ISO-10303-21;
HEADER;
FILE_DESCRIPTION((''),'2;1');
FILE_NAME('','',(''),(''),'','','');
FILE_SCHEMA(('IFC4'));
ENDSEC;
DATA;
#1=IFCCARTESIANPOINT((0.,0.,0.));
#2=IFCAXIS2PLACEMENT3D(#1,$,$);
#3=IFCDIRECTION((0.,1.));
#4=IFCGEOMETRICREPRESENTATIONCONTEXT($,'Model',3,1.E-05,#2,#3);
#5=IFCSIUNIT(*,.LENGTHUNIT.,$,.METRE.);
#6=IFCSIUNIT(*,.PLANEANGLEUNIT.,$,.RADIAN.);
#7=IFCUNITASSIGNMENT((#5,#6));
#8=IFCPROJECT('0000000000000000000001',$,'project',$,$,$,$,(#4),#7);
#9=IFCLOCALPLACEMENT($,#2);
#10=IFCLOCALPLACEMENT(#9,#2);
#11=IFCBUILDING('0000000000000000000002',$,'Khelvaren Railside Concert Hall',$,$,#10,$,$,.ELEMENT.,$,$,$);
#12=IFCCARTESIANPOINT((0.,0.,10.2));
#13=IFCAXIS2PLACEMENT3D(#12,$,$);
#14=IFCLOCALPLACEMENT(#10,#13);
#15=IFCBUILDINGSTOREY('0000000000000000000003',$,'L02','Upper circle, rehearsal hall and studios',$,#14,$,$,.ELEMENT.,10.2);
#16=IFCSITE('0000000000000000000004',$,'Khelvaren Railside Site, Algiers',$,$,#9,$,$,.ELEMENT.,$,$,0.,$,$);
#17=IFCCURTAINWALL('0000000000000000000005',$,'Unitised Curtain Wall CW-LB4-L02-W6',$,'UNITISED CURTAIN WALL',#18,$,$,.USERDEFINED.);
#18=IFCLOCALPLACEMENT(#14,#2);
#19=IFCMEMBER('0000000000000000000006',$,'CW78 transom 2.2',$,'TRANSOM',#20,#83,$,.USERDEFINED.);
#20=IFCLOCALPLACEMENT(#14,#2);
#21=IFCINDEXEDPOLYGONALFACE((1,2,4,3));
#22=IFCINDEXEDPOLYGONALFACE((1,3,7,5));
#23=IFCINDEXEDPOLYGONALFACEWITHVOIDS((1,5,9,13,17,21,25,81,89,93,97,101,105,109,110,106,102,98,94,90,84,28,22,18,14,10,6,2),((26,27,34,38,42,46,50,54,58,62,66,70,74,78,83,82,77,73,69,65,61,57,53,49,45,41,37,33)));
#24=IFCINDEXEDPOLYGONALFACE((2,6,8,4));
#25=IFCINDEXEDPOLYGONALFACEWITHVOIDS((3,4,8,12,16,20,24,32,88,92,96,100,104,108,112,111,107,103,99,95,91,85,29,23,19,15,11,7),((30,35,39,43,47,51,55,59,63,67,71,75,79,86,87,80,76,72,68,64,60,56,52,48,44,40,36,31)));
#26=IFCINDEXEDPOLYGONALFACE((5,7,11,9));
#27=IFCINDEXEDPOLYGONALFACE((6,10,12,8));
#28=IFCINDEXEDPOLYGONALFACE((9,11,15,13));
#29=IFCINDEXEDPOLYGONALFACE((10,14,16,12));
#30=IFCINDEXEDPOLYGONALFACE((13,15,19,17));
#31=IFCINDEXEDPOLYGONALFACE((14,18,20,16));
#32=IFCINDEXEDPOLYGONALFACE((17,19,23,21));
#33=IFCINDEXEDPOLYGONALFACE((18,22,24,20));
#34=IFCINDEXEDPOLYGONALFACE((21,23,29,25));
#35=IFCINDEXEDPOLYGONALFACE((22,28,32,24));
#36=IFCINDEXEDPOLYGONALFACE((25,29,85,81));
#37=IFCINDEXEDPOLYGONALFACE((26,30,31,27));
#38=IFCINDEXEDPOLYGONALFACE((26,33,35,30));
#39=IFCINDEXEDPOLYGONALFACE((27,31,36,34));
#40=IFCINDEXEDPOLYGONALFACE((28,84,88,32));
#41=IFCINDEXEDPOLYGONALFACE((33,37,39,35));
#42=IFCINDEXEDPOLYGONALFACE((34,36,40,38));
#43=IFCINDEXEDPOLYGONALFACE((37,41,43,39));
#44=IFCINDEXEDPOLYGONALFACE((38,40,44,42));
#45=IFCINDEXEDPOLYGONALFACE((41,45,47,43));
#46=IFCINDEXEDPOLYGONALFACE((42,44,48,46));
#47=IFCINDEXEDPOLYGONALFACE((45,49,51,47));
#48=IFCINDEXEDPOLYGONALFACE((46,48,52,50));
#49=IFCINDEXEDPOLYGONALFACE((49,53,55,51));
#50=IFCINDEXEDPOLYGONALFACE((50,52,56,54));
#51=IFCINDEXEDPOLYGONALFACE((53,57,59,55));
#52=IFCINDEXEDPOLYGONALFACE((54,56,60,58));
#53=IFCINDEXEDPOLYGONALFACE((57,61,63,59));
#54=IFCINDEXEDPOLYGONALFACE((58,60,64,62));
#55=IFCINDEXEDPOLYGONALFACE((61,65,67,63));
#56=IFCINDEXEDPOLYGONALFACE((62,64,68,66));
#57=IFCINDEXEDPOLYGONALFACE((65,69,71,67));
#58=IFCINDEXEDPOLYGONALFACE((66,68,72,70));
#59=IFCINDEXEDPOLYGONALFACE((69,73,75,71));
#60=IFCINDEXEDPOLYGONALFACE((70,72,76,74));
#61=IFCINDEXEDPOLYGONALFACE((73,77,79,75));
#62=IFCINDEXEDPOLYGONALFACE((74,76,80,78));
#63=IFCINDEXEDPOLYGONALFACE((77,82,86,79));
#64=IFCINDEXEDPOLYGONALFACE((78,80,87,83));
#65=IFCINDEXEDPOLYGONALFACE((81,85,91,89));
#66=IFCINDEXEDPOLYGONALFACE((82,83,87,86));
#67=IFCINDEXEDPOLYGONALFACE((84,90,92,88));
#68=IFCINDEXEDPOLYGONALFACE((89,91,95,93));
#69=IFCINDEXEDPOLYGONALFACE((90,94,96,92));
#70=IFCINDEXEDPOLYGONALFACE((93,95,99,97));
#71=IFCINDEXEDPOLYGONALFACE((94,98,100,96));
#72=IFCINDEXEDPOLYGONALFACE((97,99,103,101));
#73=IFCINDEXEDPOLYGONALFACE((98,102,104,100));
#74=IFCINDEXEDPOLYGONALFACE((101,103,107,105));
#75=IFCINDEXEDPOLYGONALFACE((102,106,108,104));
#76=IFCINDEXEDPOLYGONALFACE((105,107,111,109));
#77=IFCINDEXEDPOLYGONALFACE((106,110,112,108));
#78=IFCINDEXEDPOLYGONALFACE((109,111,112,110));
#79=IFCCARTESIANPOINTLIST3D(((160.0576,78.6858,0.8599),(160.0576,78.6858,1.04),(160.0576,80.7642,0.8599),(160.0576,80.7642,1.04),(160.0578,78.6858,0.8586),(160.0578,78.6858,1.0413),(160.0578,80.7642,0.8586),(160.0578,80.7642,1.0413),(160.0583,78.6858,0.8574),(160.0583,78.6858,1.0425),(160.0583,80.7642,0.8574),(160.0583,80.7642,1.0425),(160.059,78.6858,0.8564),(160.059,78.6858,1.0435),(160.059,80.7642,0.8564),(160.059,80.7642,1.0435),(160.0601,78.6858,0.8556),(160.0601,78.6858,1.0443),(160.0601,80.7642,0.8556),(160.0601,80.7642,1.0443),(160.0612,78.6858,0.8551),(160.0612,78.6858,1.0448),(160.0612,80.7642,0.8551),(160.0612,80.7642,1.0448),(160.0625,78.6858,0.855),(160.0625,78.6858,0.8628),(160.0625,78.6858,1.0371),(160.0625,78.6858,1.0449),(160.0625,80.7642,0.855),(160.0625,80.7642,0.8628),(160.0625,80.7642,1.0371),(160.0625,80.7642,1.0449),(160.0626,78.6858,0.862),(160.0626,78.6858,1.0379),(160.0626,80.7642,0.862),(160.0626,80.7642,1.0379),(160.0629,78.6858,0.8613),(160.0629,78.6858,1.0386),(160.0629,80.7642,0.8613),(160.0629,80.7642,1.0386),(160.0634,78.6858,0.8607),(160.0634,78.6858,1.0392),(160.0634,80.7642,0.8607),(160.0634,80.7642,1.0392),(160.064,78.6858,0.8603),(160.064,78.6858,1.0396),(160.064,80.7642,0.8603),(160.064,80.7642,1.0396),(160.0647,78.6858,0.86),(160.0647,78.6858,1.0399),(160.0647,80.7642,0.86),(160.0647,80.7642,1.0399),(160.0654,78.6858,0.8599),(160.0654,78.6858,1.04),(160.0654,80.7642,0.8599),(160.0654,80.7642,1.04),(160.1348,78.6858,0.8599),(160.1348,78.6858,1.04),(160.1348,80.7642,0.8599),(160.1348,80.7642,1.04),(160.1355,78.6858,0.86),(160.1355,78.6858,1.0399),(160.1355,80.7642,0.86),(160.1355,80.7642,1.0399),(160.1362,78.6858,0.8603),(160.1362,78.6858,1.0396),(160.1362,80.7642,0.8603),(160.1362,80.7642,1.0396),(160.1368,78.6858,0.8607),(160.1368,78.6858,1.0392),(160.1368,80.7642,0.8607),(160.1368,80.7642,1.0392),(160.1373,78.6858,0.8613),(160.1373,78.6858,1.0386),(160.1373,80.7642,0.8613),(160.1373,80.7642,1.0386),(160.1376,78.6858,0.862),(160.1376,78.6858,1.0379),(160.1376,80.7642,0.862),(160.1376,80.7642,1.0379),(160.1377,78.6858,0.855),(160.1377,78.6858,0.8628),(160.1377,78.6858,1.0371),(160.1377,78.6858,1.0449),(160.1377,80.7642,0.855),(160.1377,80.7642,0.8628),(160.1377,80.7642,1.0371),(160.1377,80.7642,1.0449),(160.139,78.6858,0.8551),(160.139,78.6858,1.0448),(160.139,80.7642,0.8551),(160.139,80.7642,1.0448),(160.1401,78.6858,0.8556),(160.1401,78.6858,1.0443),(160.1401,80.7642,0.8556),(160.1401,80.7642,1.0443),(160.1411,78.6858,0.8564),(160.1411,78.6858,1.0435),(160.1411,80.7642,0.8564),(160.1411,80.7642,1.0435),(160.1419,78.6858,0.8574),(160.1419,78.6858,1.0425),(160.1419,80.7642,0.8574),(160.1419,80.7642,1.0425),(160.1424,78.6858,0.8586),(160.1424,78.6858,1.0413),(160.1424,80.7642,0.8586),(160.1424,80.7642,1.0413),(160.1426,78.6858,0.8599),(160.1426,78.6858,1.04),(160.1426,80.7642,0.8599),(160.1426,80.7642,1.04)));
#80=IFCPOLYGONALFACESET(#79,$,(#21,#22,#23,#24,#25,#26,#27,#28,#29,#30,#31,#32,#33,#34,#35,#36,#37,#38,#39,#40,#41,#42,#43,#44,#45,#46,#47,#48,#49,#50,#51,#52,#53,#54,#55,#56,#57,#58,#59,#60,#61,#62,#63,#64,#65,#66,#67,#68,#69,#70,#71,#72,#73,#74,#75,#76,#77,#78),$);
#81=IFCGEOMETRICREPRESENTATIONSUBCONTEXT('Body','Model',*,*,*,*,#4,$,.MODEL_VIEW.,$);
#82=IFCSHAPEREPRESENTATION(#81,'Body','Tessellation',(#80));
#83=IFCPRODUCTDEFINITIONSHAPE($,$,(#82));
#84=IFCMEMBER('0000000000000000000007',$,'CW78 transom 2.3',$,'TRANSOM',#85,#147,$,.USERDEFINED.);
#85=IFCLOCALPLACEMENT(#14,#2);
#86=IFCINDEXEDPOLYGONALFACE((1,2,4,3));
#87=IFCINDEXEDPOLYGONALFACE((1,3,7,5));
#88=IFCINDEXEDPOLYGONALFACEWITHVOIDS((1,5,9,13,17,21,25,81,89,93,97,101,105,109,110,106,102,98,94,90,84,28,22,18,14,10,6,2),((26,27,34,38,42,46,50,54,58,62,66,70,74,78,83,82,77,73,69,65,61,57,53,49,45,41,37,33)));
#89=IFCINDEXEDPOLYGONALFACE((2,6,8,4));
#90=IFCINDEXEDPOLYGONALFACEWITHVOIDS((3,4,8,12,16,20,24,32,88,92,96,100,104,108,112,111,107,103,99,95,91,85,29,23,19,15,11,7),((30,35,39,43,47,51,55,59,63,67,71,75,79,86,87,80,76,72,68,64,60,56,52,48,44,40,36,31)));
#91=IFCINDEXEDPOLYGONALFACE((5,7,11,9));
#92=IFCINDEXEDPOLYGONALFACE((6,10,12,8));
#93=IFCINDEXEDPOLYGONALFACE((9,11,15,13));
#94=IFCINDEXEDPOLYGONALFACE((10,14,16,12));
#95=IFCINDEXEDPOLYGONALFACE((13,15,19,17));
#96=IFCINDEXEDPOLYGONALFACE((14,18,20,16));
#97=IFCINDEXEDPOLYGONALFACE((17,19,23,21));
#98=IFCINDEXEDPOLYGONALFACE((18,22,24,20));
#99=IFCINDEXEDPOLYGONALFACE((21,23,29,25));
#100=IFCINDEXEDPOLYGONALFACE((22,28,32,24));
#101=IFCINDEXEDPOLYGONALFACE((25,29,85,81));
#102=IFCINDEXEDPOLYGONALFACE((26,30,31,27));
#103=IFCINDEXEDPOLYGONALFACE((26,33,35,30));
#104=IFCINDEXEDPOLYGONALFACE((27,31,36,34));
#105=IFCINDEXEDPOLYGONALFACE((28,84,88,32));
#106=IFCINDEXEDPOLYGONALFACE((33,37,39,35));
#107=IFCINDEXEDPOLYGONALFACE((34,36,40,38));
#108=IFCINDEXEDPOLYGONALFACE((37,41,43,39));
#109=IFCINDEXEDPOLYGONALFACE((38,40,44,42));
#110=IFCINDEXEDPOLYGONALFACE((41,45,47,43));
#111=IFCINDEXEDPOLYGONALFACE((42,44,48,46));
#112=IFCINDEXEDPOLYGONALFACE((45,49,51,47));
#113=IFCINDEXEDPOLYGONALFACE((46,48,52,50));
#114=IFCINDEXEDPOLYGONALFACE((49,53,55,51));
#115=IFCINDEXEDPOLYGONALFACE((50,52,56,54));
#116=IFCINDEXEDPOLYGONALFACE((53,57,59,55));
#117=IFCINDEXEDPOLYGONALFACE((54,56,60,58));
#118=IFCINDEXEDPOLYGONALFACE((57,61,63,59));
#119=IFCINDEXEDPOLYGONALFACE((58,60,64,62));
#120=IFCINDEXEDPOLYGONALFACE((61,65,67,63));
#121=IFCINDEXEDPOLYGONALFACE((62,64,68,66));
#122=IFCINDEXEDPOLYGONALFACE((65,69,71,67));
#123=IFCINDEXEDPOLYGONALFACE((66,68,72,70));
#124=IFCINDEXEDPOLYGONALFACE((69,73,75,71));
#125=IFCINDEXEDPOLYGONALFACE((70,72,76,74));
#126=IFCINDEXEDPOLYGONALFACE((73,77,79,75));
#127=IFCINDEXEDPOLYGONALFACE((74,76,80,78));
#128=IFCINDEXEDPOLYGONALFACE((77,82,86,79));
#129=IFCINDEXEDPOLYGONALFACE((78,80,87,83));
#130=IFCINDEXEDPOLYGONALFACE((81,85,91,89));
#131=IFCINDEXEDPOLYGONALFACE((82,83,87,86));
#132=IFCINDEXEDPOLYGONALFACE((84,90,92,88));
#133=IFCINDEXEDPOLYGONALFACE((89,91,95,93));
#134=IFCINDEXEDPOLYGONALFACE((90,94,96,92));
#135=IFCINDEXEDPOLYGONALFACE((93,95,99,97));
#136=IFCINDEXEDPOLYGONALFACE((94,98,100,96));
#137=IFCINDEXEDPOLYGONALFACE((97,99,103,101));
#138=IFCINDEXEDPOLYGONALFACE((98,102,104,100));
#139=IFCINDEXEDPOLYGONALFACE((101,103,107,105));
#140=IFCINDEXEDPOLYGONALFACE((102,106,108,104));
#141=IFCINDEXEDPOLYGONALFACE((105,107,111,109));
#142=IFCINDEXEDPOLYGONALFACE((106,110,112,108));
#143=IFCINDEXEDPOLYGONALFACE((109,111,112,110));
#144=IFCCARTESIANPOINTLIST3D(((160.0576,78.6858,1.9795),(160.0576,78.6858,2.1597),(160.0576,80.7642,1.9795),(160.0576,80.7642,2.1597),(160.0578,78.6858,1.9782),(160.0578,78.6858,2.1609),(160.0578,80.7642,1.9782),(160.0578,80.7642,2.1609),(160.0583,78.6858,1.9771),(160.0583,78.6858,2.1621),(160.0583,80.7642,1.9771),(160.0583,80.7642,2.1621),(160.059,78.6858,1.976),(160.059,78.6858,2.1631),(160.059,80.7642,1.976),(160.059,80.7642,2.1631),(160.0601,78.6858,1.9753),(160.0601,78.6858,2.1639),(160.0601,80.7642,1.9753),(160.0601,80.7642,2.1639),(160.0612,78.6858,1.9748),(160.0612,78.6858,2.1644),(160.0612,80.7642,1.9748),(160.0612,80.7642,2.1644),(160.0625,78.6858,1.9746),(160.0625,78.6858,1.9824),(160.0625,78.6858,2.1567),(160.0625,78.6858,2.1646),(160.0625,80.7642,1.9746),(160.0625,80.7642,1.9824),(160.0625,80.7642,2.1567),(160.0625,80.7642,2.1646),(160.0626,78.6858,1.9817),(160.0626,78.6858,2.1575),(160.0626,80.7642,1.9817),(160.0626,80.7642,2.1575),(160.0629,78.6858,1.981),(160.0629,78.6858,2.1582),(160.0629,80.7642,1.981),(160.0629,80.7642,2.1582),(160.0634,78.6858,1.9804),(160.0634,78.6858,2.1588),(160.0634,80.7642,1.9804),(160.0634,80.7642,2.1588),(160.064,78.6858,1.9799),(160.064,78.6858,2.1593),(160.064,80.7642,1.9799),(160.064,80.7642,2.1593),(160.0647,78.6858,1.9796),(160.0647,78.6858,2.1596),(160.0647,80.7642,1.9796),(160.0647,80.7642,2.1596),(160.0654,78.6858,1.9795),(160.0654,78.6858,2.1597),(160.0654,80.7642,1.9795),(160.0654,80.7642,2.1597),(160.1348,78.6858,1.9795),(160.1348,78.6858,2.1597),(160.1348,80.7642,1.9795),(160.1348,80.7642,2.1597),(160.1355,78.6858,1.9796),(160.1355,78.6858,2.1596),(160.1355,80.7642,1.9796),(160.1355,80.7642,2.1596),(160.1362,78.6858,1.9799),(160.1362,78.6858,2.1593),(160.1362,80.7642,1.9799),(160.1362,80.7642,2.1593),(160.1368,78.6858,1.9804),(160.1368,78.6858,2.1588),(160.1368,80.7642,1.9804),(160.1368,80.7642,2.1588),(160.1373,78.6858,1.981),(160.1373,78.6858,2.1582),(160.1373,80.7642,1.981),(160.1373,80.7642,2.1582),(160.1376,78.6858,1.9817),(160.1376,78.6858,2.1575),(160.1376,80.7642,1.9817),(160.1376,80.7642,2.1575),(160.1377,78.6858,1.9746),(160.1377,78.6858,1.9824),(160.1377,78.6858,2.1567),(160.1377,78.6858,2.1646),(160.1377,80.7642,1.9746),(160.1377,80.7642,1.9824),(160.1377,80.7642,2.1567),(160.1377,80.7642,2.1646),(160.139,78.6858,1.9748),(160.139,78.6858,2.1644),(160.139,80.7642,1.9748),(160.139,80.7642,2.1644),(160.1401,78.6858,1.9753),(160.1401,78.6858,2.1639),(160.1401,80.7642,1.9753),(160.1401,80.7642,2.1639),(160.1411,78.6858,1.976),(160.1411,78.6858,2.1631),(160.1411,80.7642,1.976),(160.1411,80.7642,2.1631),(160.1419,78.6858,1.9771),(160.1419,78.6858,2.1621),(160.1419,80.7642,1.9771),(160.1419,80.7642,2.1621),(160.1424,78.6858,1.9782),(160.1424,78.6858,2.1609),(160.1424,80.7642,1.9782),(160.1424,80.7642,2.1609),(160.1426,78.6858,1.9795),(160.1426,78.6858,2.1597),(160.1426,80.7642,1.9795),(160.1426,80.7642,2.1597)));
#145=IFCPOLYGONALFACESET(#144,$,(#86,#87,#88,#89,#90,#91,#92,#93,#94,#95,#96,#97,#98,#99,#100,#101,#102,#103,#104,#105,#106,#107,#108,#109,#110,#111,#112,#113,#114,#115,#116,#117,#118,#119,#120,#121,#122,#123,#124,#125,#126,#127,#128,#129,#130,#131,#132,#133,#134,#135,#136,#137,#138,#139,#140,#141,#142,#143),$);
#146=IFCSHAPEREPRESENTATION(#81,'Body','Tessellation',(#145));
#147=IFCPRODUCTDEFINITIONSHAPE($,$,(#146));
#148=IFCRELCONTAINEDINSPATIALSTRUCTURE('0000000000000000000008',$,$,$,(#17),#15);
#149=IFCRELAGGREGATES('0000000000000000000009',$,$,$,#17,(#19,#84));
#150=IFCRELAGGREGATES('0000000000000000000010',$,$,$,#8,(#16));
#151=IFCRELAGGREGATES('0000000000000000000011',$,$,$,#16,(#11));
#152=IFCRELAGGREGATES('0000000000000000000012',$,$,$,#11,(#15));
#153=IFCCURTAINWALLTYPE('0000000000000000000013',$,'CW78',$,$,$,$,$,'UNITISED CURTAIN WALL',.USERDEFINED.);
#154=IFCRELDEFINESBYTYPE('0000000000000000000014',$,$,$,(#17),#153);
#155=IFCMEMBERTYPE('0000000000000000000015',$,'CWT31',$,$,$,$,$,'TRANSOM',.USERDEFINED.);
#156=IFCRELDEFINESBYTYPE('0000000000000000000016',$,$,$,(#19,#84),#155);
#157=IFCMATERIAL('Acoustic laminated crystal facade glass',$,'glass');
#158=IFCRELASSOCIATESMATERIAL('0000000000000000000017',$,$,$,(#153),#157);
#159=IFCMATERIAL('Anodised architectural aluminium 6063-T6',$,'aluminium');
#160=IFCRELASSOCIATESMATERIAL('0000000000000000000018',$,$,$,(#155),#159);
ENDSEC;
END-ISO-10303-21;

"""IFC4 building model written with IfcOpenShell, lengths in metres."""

from ifc_helpers import new_model, si_unit, direction, frame, origin, origin_2d, place, context, subcontext, project, spatial, hollow_rectangle, extrude, material, material_profile, profile_set, type_object, element, aggregate, save


model = new_model("IFC4")

# Units and contexts
model_context = context("Model", 3, precision=1e-05, world=origin(), true_north=direction((0.0, 1.0)))
body_context = subcontext(model_context, "Body", "Model", "MODEL_VIEW")
ifc_project = project(units=[si_unit("LENGTHUNIT", "METRE"), si_unit("PLANEANGLEUNIT", "RADIAN")], contexts=[model_context])

# Site, building, storey
site_placement = place(None, origin())
site = spatial("IfcSite", under=ifc_project, at=site_placement, Name="Khelvaren Railside Site, Algiers", CompositionType="ELEMENT", RefElevation=0.0)
building_placement = place(site_placement, origin())
building = spatial("IfcBuilding", under=site, at=building_placement, Name="Khelvaren Railside Concert Hall", CompositionType="ELEMENT")
storey_placement = place(building_placement, frame((0.0, 0.0, 10.2)))
storey = spatial("IfcBuildingStorey", under=building, at=storey_placement, Name="L02", Description="Upper circle, rehearsal hall and studios", CompositionType="ELEMENT", Elevation=10.2)

# Curtain wall, members
ifc_material_1 = material(Name="Acoustic laminated crystal facade glass", Category="glass")
curtain_wall_type = type_object("IfcCurtainWallType", Name="CW78", ElementType="UNITISED CURTAIN WALL", PredefinedType="USERDEFINED", material=ifc_material_1)
curtain_wall_1_placement = place(storey_placement, origin())
curtain_wall_1 = element("IfcCurtainWall", 1, at=curtain_wall_1_placement, inside=storey, type_object=curtain_wall_type, Name="Unitised Curtain Wall CW-LB4-L02-W6", ObjectType="UNITISED CURTAIN WALL", PredefinedType="USERDEFINED")
ifc_material_2 = material(Name="Anodised architectural aluminium 6063-T6", Category="aluminium")
ifc_material_profile_1 = material_profile(ifc_material_2, hollow_rectangle(XDim=0.085, YDim=0.1899, WallThickness=0.0049, InnerFilletRadius=0.0029, OuterFilletRadius=0.0049, at=origin_2d()), Name="CWT 85x190x5")
ifc_profile_set_1 = profile_set([ifc_material_profile_1], Name="Anodised architectural aluminium 6063-T6")
member_type_1 = type_object("IfcMemberType", Name="CWT31", ElementType="TRANSOM", PredefinedType="USERDEFINED", material=ifc_profile_set_1)
member_1_placement = place(storey_placement, frame((160.1001, 78.6858, 0.95), z_axis=(0.0, 1.0, 0.0), x_axis=(-1.0, 0.0, 0.0)))
member_1 = element("IfcMember", 2, at=member_1_placement, type_object=member_type_1, Name="CW78 transom 2.2", ObjectType="TRANSOM", PredefinedType="USERDEFINED", context=body_context, shape_type="SweptSolid", body=[
    extrude(hollow_rectangle(XDim=0.085, YDim=0.1899, WallThickness=0.0049, InnerFilletRadius=0.0029, OuterFilletRadius=0.0049, at=origin_2d()), origin(), (0.0, 0.0, 1.0), 2.0784),
])
member_2_placement = place(storey_placement, frame((160.1001, 78.6858, 2.0696), z_axis=(0.0, 1.0, 0.0), x_axis=(-1.0, 0.0, 0.0)))
member_2 = element("IfcMember", 3, at=member_2_placement, type_object=member_type_1, Name="CW78 transom 2.3", ObjectType="TRANSOM", PredefinedType="USERDEFINED", context=body_context, shape_type="SweptSolid", body=[
    extrude(hollow_rectangle(XDim=0.085, YDim=0.1899, WallThickness=0.0049, InnerFilletRadius=0.0029, OuterFilletRadius=0.0049, at=origin_2d()), origin(), (0.0, 0.0, 1.0), 2.0784),
])

aggregate(curtain_wall_1, [member_1, member_2])

save(model, "model.ifc")
